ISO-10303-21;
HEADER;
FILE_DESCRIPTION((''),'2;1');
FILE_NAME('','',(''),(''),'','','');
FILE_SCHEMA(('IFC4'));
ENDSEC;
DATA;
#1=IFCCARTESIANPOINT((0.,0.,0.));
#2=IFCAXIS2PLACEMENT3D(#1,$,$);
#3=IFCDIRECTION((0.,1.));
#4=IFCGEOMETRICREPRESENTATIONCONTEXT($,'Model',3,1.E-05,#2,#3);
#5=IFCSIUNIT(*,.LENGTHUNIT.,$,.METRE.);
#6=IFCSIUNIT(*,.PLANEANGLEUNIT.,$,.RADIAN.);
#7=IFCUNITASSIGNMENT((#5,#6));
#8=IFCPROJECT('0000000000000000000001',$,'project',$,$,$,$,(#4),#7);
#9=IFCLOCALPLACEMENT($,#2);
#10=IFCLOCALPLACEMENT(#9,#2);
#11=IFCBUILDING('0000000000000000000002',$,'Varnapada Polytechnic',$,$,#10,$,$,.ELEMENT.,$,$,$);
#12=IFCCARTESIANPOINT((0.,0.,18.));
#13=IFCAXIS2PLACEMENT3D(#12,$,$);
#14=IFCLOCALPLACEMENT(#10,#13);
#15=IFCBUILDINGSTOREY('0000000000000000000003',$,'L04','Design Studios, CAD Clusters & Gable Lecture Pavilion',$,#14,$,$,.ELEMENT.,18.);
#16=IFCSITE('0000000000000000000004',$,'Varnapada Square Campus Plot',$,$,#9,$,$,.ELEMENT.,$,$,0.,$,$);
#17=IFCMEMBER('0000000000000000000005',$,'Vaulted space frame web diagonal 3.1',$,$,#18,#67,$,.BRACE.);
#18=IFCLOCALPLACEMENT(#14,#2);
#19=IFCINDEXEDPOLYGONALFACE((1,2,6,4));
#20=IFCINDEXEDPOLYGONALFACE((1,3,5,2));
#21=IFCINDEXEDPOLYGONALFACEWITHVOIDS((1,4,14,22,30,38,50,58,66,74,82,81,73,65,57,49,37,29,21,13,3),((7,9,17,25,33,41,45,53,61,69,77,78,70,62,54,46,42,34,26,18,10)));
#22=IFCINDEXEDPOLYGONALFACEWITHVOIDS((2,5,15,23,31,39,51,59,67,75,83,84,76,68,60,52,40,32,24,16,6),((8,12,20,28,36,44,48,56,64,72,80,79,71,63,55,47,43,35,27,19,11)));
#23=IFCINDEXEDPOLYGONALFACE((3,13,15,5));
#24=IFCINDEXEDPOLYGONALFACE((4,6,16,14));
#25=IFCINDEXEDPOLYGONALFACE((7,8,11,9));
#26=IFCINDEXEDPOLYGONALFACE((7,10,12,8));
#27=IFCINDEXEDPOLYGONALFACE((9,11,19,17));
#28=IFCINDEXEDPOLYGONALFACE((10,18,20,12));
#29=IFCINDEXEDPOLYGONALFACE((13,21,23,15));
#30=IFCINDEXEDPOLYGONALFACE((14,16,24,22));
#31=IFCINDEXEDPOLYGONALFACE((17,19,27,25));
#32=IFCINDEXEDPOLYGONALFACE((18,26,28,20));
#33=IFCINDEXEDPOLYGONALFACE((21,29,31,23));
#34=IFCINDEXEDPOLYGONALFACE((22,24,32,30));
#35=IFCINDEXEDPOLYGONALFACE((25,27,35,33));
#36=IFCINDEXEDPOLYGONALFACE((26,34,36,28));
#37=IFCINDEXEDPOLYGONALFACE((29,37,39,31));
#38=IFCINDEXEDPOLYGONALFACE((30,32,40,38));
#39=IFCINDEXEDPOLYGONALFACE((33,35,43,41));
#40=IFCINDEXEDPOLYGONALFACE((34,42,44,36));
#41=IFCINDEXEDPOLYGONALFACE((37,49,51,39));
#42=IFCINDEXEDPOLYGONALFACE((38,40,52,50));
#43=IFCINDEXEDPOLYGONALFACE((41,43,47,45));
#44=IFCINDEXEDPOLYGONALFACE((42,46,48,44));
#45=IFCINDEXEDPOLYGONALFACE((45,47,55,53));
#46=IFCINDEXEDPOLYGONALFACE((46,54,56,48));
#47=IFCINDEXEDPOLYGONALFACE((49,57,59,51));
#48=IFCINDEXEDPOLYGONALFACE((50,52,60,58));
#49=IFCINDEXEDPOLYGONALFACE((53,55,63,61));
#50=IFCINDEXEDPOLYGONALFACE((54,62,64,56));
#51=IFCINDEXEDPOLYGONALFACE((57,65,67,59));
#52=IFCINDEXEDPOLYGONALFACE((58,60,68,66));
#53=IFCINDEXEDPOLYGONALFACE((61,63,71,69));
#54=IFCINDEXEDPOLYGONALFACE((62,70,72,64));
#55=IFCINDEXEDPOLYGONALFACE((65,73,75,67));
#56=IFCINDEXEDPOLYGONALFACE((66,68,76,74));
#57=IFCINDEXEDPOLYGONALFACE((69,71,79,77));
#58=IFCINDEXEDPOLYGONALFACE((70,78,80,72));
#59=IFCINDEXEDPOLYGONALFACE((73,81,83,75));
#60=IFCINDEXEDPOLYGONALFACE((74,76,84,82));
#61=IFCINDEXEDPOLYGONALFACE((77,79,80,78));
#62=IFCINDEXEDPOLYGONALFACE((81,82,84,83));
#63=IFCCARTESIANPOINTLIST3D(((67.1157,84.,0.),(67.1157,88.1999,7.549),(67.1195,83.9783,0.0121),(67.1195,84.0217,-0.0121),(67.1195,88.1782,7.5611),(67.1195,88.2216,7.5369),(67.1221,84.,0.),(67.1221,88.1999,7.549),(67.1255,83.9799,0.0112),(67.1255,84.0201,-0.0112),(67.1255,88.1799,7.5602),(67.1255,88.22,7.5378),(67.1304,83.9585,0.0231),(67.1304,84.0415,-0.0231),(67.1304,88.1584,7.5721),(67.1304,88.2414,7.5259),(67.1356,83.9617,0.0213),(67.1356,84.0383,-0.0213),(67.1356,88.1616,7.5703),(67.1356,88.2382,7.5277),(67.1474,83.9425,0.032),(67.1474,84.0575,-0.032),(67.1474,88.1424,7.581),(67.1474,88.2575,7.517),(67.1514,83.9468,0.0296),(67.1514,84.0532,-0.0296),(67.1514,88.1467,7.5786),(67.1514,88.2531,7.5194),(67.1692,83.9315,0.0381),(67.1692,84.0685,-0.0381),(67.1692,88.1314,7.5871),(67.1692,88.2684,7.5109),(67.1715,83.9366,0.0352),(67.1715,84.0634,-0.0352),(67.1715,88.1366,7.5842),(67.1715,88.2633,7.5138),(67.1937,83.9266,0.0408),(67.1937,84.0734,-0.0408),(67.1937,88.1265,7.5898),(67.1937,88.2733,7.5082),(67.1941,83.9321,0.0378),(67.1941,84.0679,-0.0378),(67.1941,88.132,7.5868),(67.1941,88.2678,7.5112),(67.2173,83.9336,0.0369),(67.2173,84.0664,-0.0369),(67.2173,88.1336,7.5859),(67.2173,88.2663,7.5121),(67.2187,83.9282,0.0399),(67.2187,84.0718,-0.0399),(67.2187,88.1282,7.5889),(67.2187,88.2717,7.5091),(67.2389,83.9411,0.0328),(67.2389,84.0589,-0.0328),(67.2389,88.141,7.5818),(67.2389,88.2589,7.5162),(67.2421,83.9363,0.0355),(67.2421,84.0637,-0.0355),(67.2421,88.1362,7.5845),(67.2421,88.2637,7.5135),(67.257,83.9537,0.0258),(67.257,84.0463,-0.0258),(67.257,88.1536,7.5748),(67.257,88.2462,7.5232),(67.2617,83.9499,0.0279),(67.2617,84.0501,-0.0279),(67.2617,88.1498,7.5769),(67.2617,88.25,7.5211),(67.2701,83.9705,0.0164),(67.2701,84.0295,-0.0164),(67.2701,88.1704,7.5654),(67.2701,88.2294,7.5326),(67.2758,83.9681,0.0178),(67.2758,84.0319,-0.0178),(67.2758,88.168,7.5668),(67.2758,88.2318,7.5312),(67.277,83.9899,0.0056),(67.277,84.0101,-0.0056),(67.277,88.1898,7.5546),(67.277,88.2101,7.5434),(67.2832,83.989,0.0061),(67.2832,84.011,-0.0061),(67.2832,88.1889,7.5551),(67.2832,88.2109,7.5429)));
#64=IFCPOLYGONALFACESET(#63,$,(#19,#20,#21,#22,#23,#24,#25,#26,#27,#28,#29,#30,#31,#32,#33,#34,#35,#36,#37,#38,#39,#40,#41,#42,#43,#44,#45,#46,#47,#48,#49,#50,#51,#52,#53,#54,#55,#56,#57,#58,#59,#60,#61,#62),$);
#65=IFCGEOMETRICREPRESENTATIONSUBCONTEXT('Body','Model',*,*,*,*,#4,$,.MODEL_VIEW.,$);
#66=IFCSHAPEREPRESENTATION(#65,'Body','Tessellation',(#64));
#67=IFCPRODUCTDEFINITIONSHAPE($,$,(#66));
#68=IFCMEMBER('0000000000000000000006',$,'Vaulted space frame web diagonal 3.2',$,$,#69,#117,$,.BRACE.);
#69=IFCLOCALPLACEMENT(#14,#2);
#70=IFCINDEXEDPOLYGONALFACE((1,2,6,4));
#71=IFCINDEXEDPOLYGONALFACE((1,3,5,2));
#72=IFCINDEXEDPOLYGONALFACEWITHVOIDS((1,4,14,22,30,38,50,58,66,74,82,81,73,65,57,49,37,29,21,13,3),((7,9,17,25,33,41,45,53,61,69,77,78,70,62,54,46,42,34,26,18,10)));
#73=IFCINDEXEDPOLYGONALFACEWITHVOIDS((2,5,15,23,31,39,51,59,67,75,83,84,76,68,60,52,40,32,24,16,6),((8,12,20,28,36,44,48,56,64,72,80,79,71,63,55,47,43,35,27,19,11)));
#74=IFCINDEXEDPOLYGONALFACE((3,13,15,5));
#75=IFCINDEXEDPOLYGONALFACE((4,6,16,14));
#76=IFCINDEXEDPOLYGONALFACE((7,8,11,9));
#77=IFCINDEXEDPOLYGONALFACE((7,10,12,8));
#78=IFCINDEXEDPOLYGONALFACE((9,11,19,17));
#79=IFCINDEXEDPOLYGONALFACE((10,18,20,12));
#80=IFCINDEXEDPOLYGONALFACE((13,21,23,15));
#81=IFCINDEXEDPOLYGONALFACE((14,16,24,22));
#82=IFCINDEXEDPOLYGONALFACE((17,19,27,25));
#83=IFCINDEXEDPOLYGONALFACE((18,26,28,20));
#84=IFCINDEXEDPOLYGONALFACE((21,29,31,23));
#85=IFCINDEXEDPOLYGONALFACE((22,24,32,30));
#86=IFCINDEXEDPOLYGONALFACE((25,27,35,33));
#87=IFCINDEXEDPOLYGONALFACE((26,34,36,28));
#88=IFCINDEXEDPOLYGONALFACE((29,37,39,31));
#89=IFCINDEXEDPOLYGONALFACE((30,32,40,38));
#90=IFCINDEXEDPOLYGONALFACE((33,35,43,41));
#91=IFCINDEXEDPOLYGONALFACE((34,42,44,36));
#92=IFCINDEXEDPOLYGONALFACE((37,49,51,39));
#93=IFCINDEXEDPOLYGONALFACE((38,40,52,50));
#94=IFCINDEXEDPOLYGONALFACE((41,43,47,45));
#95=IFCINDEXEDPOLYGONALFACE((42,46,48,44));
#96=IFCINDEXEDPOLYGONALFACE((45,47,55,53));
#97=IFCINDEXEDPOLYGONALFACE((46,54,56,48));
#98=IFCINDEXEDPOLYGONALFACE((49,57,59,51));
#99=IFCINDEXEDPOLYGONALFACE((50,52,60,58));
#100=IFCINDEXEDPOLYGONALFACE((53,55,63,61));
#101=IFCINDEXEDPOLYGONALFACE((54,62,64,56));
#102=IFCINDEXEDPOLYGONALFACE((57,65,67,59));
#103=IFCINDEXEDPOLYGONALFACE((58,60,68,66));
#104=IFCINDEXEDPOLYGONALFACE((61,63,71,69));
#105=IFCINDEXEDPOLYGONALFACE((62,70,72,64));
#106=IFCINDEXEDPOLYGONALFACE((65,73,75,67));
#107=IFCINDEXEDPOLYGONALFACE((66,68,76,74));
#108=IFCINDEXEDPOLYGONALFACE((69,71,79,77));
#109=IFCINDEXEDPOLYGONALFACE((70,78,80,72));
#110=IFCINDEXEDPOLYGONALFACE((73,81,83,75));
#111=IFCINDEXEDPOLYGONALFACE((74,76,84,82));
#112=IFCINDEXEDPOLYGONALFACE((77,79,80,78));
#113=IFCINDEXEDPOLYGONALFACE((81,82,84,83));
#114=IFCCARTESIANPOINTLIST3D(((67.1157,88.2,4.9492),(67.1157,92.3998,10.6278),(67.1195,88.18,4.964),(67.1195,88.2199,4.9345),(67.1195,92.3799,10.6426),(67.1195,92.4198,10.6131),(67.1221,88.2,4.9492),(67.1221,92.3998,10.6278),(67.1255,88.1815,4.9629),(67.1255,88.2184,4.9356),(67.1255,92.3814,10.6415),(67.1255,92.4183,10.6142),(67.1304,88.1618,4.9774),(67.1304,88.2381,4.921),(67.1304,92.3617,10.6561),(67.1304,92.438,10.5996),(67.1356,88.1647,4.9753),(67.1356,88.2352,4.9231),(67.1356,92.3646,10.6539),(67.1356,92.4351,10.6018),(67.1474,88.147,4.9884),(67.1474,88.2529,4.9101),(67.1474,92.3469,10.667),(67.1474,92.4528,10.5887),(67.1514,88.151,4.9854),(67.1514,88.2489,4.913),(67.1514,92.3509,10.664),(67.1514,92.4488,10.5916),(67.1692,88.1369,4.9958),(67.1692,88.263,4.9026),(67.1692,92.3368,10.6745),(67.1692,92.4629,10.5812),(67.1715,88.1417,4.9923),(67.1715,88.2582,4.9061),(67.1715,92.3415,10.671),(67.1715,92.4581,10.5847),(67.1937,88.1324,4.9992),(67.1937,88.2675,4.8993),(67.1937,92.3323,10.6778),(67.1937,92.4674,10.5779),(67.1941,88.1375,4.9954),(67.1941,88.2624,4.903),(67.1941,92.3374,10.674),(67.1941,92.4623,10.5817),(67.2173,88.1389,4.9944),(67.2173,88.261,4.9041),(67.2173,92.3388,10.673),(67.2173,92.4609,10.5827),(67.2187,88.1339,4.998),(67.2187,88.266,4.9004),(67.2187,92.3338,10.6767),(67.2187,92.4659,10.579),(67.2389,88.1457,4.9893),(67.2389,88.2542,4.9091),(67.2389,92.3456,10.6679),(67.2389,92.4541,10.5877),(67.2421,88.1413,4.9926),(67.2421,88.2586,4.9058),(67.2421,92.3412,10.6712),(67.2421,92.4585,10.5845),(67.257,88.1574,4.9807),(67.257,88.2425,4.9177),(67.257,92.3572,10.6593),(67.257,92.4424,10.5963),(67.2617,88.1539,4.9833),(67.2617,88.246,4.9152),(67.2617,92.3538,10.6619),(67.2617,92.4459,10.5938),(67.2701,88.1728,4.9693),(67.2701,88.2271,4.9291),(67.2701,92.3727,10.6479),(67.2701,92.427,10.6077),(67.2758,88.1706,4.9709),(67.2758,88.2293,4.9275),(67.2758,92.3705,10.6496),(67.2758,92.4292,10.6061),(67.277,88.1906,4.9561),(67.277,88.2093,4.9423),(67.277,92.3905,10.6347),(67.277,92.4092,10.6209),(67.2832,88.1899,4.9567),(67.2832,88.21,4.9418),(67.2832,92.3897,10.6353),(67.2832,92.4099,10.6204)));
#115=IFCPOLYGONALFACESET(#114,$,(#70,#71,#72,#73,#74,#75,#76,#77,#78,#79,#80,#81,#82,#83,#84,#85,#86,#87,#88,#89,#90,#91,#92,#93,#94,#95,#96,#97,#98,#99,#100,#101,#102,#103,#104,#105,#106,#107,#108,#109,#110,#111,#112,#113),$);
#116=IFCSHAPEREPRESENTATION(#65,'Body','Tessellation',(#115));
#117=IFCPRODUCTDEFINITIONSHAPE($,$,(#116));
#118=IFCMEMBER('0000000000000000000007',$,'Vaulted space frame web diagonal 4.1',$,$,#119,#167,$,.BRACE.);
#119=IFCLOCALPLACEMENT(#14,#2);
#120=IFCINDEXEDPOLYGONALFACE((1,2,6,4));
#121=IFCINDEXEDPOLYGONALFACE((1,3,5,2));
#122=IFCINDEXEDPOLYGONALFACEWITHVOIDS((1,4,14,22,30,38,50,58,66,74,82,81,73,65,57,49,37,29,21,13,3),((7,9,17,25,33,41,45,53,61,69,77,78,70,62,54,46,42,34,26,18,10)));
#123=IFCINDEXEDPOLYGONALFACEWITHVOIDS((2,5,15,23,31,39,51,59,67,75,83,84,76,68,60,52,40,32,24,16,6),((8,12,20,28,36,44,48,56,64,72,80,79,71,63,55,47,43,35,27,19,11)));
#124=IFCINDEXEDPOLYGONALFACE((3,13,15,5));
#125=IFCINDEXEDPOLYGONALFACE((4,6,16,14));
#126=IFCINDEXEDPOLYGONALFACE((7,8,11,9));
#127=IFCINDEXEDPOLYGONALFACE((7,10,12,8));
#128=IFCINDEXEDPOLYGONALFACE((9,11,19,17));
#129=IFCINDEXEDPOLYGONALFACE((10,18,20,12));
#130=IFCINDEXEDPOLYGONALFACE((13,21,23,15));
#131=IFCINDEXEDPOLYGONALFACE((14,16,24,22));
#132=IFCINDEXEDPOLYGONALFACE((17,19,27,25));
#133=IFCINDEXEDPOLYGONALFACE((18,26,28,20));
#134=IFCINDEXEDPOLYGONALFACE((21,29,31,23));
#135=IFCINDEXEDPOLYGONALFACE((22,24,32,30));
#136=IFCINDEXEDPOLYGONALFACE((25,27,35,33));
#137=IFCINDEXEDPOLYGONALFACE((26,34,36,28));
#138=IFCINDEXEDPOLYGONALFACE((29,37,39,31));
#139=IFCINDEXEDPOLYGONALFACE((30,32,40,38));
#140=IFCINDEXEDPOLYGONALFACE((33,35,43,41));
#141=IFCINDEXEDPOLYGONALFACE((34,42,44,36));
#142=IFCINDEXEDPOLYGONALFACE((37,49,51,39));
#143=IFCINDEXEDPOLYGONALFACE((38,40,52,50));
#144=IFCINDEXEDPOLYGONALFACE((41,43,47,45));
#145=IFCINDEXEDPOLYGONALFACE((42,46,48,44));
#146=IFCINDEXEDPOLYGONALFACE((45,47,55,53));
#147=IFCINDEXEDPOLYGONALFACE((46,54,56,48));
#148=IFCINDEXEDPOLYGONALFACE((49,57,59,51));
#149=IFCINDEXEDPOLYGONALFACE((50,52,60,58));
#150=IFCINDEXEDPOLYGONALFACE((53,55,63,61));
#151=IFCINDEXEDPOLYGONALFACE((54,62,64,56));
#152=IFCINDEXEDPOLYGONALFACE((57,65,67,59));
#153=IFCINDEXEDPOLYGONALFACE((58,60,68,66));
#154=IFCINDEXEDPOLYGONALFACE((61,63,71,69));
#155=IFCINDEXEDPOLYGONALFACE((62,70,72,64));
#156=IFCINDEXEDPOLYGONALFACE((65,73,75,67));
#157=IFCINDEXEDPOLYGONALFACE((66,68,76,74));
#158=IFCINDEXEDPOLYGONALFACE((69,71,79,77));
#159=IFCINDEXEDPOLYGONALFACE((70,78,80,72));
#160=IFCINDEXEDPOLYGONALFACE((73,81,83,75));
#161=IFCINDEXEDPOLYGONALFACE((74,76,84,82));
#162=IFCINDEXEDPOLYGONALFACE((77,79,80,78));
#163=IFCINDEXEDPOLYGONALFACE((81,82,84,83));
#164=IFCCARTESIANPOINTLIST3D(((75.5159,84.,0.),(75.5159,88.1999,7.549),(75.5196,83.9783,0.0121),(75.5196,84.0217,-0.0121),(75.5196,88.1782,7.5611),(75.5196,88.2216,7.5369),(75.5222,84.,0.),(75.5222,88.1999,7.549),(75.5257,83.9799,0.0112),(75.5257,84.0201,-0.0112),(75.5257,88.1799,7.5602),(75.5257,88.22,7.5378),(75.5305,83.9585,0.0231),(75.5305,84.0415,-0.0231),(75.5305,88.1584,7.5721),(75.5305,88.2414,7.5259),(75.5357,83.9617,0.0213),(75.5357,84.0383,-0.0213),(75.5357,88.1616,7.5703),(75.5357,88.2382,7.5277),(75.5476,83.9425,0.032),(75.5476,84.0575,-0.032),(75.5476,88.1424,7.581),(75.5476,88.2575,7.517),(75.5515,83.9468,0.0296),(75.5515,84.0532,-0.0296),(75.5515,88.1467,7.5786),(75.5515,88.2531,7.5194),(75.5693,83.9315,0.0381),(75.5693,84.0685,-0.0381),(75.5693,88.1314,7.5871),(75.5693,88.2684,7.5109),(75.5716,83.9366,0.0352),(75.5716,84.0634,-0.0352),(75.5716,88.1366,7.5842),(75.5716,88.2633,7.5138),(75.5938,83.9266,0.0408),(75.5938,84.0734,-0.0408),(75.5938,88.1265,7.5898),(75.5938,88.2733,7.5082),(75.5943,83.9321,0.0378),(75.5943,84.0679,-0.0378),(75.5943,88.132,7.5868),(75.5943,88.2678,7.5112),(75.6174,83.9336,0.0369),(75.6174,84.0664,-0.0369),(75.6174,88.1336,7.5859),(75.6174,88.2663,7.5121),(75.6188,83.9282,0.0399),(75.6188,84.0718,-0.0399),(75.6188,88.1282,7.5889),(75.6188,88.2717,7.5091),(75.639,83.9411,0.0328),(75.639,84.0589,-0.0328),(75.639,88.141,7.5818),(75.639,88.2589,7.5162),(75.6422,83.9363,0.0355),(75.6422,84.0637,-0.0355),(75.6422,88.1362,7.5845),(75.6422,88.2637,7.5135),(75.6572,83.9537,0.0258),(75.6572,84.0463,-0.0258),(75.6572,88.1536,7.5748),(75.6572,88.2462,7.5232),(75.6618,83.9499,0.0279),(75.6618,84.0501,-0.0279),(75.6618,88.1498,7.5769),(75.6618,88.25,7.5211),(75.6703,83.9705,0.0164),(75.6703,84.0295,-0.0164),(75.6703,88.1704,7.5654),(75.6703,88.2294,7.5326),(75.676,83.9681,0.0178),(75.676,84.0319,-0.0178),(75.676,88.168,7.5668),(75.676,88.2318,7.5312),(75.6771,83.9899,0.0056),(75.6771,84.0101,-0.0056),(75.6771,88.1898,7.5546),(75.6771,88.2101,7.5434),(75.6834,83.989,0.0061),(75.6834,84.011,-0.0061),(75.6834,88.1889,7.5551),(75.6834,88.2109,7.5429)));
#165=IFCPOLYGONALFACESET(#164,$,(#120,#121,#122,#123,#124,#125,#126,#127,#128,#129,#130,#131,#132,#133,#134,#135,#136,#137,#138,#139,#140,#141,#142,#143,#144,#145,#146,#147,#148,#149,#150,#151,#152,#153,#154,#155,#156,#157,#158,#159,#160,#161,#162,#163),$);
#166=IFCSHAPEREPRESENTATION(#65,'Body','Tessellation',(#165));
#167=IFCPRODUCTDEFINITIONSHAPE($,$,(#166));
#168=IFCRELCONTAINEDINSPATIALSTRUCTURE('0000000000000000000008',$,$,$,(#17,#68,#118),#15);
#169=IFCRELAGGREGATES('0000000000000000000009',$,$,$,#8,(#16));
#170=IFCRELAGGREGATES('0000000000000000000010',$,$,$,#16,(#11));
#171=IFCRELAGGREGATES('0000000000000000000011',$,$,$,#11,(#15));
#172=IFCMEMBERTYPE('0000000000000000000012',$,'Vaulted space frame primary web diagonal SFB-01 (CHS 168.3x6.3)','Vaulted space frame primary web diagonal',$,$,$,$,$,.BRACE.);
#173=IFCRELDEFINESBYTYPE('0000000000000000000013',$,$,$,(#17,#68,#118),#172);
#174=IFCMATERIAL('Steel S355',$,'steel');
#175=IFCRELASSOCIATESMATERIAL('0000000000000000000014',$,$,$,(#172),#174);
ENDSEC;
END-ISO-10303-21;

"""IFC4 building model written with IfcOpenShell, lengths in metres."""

from ifc_helpers import new_model, si_unit, direction, frame, origin, origin_2d, place, context, subcontext, project, spatial, hollow_circle, extrude, material, material_profile, profile_set, type_object, element, save


model = new_model("IFC4")

# Units and contexts
model_context = context("Model", 3, precision=1e-05, world=origin(), true_north=direction((0.0, 1.0)))
body_context = subcontext(model_context, "Body", "Model", "MODEL_VIEW")
ifc_project = project(units=[si_unit("LENGTHUNIT", "METRE"), si_unit("PLANEANGLEUNIT", "RADIAN")], contexts=[model_context])

# Site, building, storey
site_placement = place(None, origin())
site = spatial("IfcSite", under=ifc_project, at=site_placement, Name="Varnapada Square Campus Plot", CompositionType="ELEMENT", RefElevation=0.0)
building_placement = place(site_placement, origin())
building = spatial("IfcBuilding", under=site, at=building_placement, Name="Varnapada Polytechnic", CompositionType="ELEMENT")
storey_placement = place(building_placement, frame((0.0, 0.0, 18.0)))
storey = spatial("IfcBuildingStorey", under=building, at=storey_placement, Name="L04", Description="Design Studios, CAD Clusters & Gable Lecture Pavilion", CompositionType="ELEMENT", Elevation=18.0)

# Shared definitions
ifc_material = material(Name="Steel S355", Category="steel")

# Members
ifc_material_profile_1 = material_profile(ifc_material, hollow_circle(Radius=0.0842, WallThickness=0.0063, at=origin_2d()), Name="CHS 168.3x6.3")
ifc_profile_set_1 = profile_set([ifc_material_profile_1], Name="Steel S355")
member_type_1 = type_object("IfcMemberType", Name="Vaulted space frame primary web diagonal SFB-01 (CHS 168.3x6.3)", Description="Vaulted space frame primary web diagonal", PredefinedType="BRACE", material=ifc_profile_set_1)
member_1_placement = place(storey_placement, frame((67.2, 84.0, 0.0), z_axis=(0.0, 0.486176, 0.873861), x_axis=(-1.0, 0.0, 0.0)))
element("IfcMember", 1, at=member_1_placement, inside=storey, type_object=member_type_1, Name="Vaulted space frame web diagonal 3.1", PredefinedType="BRACE", context=body_context, shape_type="SweptSolid", body=[
    extrude(hollow_circle(Radius=0.0842, WallThickness=0.0063, at=origin_2d()), origin(), (0.0, 0.0, 1.0), 8.6387),
])
member_2_placement = place(storey_placement, frame((67.2, 88.2, 4.9492), z_axis=(0.0, 0.594633, 0.803997), x_axis=(-1.0, 0.0, 0.0)))
element("IfcMember", 2, at=member_2_placement, inside=storey, type_object=member_type_1, Name="Vaulted space frame web diagonal 3.2", PredefinedType="BRACE", context=body_context, shape_type="SweptSolid", body=[
    extrude(hollow_circle(Radius=0.0842, WallThickness=0.0063, at=origin_2d()), origin(), (0.0, 0.0, 1.0), 7.063),
])
member_3_placement = place(storey_placement, frame((75.6001, 84.0, 0.0), z_axis=(0.0, 0.486176, 0.873861), x_axis=(-1.0, 0.0, 0.0)))
element("IfcMember", 3, at=member_3_placement, inside=storey, type_object=member_type_1, Name="Vaulted space frame web diagonal 4.1", PredefinedType="BRACE", context=body_context, shape_type="SweptSolid", body=[
    extrude(hollow_circle(Radius=0.0842, WallThickness=0.0063, at=origin_2d()), origin(), (0.0, 0.0, 1.0), 8.6387),
])

save(model, "model.ifc")
